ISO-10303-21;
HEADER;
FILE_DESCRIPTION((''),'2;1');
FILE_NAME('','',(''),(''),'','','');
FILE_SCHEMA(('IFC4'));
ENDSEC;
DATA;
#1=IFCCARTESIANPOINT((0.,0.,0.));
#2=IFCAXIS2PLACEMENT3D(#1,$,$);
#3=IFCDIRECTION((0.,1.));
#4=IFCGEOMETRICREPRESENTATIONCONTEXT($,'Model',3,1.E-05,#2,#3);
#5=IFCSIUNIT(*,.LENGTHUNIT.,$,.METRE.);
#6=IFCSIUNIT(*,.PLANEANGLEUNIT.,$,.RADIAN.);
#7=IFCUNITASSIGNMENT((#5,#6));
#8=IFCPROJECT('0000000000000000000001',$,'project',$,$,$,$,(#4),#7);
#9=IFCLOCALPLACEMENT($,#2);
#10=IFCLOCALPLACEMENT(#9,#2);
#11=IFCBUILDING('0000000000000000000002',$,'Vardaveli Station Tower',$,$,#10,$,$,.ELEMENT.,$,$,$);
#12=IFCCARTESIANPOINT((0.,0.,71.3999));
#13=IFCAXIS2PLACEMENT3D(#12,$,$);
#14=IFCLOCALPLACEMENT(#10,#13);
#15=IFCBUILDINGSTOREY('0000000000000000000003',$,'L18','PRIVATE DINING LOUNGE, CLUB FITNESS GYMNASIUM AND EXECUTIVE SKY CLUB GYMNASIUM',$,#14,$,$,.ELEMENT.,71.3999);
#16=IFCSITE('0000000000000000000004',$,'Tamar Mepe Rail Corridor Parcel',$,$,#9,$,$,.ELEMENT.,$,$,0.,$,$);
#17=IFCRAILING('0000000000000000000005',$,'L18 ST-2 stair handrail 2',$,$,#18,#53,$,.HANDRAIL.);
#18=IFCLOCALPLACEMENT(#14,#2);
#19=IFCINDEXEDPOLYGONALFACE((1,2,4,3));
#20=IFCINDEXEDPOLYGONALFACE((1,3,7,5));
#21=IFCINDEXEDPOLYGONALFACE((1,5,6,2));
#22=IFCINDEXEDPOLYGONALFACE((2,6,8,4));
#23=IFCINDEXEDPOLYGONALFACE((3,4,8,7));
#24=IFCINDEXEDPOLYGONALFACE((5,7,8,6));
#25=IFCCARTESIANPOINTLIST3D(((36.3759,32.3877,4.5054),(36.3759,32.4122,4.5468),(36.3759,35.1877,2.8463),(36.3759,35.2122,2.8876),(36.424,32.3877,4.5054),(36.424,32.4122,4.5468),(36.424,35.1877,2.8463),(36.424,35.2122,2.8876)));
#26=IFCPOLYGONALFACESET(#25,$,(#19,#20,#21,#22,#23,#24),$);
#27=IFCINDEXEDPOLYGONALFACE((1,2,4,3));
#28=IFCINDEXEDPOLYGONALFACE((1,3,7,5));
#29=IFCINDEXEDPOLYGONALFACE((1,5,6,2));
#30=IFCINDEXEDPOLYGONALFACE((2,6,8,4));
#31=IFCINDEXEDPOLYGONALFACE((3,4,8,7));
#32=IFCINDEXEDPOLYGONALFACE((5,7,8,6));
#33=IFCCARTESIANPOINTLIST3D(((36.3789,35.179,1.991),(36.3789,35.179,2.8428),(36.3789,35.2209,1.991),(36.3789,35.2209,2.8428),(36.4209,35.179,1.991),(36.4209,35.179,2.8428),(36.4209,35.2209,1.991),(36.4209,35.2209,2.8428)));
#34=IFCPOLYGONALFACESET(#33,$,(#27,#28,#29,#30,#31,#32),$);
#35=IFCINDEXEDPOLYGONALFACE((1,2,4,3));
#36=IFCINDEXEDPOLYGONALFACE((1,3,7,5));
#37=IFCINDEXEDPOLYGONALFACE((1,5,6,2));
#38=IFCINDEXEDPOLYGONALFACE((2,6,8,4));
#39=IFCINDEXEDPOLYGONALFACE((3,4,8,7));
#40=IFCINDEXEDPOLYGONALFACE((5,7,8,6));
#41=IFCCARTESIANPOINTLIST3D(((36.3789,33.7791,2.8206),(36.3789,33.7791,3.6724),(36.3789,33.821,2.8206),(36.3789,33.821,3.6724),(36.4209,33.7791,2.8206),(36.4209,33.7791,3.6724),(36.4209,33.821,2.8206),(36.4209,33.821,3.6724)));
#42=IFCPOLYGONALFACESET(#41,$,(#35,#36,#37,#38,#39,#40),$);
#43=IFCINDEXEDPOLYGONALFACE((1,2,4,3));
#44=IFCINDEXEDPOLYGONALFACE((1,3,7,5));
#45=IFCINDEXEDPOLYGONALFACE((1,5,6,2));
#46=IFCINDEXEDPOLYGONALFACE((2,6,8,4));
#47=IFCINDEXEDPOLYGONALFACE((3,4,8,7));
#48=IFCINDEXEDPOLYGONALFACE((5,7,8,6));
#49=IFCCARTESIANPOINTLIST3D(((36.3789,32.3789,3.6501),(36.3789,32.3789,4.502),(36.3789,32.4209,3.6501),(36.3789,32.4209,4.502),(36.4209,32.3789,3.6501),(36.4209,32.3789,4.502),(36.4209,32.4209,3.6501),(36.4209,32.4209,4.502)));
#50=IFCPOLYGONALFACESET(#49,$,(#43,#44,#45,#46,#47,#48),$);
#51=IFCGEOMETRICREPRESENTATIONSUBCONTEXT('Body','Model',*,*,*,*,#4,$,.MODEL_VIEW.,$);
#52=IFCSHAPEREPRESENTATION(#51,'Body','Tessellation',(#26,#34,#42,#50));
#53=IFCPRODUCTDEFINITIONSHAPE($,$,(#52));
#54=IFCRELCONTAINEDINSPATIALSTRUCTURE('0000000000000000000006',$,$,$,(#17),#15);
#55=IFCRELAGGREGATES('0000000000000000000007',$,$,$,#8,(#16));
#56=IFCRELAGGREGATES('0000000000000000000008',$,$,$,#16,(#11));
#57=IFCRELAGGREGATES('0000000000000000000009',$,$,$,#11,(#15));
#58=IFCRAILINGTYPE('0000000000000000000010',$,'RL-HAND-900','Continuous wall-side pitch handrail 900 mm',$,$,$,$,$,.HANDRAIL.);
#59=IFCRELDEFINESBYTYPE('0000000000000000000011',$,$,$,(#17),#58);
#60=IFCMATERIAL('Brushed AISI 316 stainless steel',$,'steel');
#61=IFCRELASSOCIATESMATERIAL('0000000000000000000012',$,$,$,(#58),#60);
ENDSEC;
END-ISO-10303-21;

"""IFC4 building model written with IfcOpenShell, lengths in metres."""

from ifc_helpers import new_model, si_unit, direction, frame, origin, origin_2d, place, context, subcontext, project, spatial, rectangle, extrude, source, transform, mapped, material, type_object, element, save


model = new_model("IFC4")

# Units and contexts
model_context = context("Model", 3, precision=1e-05, world=origin(), true_north=direction((0.0, 1.0)))
body_context = subcontext(model_context, "Body", "Model", "MODEL_VIEW")
ifc_project = project(units=[si_unit("LENGTHUNIT", "METRE"), si_unit("PLANEANGLEUNIT", "RADIAN")], contexts=[model_context])

# Site, building, storey
site_placement = place(None, origin())
site = spatial("IfcSite", under=ifc_project, at=site_placement, Name="Tamar Mepe Rail Corridor Parcel", CompositionType="ELEMENT", RefElevation=0.0)
building_placement = place(site_placement, origin())
building = spatial("IfcBuilding", under=site, at=building_placement, Name="Vardaveli Station Tower", CompositionType="ELEMENT")
storey_placement = place(building_placement, frame((0.0, 0.0, 71.3999)))
storey = spatial("IfcBuildingStorey", under=building, at=storey_placement, Name="L18", Description="PRIVATE DINING LOUNGE, CLUB FITNESS GYMNASIUM AND EXECUTIVE SKY CLUB GYMNASIUM", CompositionType="ELEMENT", Elevation=71.3999)

# Railing
ifc_material_1 = material(Name="Brushed AISI 316 stainless steel", Category="steel")
railing_type_1 = type_object("IfcRailingType", Name="RL-HAND-900", Description="Continuous wall-side pitch handrail 900 mm", PredefinedType="HANDRAIL", material=ifc_material_1)
shared_shape_1 = source(origin(), body_context, "Body", "SweptSolid", [
    extrude(rectangle(XDim=0.0481, YDim=0.0481, at=origin_2d()), frame((0.0, 0.0, 0.876), z_axis=(0.0, -0.860306, 0.509778), x_axis=(1.0, 0.0, 0.0)), (0.0, 0.0, 1.0), 3.2546),
    extrude(rectangle(XDim=0.042, YDim=0.042, at=origin_2d()), origin(), (0.0, 0.0, 1.0), 0.8518),
    extrude(rectangle(XDim=0.042, YDim=0.042, at=origin_2d()), frame((0.0, -1.3999, 0.8296)), (0.0, 0.0, 1.0), 0.8518),
    extrude(rectangle(XDim=0.042, YDim=0.042, at=origin_2d()), frame((0.0, -2.8, 1.6592)), (0.0, 0.0, 1.0), 0.8518),
])
for number, where, name in (
    (1, (36.3999, 35.2, 1.991), "L18 ST-2 stair handrail 2"),
):
    element("IfcRailing", number, at=place(storey_placement, frame(where)), inside=storey, type_object=railing_type_1, Name=name, PredefinedType="HANDRAIL", context=body_context, shape_type="MappedRepresentation", body=[
        mapped(shared_shape_1, transform((0.0, 0.0, 0.0), scale=1.0)),
    ])

save(model, "model.ifc")
